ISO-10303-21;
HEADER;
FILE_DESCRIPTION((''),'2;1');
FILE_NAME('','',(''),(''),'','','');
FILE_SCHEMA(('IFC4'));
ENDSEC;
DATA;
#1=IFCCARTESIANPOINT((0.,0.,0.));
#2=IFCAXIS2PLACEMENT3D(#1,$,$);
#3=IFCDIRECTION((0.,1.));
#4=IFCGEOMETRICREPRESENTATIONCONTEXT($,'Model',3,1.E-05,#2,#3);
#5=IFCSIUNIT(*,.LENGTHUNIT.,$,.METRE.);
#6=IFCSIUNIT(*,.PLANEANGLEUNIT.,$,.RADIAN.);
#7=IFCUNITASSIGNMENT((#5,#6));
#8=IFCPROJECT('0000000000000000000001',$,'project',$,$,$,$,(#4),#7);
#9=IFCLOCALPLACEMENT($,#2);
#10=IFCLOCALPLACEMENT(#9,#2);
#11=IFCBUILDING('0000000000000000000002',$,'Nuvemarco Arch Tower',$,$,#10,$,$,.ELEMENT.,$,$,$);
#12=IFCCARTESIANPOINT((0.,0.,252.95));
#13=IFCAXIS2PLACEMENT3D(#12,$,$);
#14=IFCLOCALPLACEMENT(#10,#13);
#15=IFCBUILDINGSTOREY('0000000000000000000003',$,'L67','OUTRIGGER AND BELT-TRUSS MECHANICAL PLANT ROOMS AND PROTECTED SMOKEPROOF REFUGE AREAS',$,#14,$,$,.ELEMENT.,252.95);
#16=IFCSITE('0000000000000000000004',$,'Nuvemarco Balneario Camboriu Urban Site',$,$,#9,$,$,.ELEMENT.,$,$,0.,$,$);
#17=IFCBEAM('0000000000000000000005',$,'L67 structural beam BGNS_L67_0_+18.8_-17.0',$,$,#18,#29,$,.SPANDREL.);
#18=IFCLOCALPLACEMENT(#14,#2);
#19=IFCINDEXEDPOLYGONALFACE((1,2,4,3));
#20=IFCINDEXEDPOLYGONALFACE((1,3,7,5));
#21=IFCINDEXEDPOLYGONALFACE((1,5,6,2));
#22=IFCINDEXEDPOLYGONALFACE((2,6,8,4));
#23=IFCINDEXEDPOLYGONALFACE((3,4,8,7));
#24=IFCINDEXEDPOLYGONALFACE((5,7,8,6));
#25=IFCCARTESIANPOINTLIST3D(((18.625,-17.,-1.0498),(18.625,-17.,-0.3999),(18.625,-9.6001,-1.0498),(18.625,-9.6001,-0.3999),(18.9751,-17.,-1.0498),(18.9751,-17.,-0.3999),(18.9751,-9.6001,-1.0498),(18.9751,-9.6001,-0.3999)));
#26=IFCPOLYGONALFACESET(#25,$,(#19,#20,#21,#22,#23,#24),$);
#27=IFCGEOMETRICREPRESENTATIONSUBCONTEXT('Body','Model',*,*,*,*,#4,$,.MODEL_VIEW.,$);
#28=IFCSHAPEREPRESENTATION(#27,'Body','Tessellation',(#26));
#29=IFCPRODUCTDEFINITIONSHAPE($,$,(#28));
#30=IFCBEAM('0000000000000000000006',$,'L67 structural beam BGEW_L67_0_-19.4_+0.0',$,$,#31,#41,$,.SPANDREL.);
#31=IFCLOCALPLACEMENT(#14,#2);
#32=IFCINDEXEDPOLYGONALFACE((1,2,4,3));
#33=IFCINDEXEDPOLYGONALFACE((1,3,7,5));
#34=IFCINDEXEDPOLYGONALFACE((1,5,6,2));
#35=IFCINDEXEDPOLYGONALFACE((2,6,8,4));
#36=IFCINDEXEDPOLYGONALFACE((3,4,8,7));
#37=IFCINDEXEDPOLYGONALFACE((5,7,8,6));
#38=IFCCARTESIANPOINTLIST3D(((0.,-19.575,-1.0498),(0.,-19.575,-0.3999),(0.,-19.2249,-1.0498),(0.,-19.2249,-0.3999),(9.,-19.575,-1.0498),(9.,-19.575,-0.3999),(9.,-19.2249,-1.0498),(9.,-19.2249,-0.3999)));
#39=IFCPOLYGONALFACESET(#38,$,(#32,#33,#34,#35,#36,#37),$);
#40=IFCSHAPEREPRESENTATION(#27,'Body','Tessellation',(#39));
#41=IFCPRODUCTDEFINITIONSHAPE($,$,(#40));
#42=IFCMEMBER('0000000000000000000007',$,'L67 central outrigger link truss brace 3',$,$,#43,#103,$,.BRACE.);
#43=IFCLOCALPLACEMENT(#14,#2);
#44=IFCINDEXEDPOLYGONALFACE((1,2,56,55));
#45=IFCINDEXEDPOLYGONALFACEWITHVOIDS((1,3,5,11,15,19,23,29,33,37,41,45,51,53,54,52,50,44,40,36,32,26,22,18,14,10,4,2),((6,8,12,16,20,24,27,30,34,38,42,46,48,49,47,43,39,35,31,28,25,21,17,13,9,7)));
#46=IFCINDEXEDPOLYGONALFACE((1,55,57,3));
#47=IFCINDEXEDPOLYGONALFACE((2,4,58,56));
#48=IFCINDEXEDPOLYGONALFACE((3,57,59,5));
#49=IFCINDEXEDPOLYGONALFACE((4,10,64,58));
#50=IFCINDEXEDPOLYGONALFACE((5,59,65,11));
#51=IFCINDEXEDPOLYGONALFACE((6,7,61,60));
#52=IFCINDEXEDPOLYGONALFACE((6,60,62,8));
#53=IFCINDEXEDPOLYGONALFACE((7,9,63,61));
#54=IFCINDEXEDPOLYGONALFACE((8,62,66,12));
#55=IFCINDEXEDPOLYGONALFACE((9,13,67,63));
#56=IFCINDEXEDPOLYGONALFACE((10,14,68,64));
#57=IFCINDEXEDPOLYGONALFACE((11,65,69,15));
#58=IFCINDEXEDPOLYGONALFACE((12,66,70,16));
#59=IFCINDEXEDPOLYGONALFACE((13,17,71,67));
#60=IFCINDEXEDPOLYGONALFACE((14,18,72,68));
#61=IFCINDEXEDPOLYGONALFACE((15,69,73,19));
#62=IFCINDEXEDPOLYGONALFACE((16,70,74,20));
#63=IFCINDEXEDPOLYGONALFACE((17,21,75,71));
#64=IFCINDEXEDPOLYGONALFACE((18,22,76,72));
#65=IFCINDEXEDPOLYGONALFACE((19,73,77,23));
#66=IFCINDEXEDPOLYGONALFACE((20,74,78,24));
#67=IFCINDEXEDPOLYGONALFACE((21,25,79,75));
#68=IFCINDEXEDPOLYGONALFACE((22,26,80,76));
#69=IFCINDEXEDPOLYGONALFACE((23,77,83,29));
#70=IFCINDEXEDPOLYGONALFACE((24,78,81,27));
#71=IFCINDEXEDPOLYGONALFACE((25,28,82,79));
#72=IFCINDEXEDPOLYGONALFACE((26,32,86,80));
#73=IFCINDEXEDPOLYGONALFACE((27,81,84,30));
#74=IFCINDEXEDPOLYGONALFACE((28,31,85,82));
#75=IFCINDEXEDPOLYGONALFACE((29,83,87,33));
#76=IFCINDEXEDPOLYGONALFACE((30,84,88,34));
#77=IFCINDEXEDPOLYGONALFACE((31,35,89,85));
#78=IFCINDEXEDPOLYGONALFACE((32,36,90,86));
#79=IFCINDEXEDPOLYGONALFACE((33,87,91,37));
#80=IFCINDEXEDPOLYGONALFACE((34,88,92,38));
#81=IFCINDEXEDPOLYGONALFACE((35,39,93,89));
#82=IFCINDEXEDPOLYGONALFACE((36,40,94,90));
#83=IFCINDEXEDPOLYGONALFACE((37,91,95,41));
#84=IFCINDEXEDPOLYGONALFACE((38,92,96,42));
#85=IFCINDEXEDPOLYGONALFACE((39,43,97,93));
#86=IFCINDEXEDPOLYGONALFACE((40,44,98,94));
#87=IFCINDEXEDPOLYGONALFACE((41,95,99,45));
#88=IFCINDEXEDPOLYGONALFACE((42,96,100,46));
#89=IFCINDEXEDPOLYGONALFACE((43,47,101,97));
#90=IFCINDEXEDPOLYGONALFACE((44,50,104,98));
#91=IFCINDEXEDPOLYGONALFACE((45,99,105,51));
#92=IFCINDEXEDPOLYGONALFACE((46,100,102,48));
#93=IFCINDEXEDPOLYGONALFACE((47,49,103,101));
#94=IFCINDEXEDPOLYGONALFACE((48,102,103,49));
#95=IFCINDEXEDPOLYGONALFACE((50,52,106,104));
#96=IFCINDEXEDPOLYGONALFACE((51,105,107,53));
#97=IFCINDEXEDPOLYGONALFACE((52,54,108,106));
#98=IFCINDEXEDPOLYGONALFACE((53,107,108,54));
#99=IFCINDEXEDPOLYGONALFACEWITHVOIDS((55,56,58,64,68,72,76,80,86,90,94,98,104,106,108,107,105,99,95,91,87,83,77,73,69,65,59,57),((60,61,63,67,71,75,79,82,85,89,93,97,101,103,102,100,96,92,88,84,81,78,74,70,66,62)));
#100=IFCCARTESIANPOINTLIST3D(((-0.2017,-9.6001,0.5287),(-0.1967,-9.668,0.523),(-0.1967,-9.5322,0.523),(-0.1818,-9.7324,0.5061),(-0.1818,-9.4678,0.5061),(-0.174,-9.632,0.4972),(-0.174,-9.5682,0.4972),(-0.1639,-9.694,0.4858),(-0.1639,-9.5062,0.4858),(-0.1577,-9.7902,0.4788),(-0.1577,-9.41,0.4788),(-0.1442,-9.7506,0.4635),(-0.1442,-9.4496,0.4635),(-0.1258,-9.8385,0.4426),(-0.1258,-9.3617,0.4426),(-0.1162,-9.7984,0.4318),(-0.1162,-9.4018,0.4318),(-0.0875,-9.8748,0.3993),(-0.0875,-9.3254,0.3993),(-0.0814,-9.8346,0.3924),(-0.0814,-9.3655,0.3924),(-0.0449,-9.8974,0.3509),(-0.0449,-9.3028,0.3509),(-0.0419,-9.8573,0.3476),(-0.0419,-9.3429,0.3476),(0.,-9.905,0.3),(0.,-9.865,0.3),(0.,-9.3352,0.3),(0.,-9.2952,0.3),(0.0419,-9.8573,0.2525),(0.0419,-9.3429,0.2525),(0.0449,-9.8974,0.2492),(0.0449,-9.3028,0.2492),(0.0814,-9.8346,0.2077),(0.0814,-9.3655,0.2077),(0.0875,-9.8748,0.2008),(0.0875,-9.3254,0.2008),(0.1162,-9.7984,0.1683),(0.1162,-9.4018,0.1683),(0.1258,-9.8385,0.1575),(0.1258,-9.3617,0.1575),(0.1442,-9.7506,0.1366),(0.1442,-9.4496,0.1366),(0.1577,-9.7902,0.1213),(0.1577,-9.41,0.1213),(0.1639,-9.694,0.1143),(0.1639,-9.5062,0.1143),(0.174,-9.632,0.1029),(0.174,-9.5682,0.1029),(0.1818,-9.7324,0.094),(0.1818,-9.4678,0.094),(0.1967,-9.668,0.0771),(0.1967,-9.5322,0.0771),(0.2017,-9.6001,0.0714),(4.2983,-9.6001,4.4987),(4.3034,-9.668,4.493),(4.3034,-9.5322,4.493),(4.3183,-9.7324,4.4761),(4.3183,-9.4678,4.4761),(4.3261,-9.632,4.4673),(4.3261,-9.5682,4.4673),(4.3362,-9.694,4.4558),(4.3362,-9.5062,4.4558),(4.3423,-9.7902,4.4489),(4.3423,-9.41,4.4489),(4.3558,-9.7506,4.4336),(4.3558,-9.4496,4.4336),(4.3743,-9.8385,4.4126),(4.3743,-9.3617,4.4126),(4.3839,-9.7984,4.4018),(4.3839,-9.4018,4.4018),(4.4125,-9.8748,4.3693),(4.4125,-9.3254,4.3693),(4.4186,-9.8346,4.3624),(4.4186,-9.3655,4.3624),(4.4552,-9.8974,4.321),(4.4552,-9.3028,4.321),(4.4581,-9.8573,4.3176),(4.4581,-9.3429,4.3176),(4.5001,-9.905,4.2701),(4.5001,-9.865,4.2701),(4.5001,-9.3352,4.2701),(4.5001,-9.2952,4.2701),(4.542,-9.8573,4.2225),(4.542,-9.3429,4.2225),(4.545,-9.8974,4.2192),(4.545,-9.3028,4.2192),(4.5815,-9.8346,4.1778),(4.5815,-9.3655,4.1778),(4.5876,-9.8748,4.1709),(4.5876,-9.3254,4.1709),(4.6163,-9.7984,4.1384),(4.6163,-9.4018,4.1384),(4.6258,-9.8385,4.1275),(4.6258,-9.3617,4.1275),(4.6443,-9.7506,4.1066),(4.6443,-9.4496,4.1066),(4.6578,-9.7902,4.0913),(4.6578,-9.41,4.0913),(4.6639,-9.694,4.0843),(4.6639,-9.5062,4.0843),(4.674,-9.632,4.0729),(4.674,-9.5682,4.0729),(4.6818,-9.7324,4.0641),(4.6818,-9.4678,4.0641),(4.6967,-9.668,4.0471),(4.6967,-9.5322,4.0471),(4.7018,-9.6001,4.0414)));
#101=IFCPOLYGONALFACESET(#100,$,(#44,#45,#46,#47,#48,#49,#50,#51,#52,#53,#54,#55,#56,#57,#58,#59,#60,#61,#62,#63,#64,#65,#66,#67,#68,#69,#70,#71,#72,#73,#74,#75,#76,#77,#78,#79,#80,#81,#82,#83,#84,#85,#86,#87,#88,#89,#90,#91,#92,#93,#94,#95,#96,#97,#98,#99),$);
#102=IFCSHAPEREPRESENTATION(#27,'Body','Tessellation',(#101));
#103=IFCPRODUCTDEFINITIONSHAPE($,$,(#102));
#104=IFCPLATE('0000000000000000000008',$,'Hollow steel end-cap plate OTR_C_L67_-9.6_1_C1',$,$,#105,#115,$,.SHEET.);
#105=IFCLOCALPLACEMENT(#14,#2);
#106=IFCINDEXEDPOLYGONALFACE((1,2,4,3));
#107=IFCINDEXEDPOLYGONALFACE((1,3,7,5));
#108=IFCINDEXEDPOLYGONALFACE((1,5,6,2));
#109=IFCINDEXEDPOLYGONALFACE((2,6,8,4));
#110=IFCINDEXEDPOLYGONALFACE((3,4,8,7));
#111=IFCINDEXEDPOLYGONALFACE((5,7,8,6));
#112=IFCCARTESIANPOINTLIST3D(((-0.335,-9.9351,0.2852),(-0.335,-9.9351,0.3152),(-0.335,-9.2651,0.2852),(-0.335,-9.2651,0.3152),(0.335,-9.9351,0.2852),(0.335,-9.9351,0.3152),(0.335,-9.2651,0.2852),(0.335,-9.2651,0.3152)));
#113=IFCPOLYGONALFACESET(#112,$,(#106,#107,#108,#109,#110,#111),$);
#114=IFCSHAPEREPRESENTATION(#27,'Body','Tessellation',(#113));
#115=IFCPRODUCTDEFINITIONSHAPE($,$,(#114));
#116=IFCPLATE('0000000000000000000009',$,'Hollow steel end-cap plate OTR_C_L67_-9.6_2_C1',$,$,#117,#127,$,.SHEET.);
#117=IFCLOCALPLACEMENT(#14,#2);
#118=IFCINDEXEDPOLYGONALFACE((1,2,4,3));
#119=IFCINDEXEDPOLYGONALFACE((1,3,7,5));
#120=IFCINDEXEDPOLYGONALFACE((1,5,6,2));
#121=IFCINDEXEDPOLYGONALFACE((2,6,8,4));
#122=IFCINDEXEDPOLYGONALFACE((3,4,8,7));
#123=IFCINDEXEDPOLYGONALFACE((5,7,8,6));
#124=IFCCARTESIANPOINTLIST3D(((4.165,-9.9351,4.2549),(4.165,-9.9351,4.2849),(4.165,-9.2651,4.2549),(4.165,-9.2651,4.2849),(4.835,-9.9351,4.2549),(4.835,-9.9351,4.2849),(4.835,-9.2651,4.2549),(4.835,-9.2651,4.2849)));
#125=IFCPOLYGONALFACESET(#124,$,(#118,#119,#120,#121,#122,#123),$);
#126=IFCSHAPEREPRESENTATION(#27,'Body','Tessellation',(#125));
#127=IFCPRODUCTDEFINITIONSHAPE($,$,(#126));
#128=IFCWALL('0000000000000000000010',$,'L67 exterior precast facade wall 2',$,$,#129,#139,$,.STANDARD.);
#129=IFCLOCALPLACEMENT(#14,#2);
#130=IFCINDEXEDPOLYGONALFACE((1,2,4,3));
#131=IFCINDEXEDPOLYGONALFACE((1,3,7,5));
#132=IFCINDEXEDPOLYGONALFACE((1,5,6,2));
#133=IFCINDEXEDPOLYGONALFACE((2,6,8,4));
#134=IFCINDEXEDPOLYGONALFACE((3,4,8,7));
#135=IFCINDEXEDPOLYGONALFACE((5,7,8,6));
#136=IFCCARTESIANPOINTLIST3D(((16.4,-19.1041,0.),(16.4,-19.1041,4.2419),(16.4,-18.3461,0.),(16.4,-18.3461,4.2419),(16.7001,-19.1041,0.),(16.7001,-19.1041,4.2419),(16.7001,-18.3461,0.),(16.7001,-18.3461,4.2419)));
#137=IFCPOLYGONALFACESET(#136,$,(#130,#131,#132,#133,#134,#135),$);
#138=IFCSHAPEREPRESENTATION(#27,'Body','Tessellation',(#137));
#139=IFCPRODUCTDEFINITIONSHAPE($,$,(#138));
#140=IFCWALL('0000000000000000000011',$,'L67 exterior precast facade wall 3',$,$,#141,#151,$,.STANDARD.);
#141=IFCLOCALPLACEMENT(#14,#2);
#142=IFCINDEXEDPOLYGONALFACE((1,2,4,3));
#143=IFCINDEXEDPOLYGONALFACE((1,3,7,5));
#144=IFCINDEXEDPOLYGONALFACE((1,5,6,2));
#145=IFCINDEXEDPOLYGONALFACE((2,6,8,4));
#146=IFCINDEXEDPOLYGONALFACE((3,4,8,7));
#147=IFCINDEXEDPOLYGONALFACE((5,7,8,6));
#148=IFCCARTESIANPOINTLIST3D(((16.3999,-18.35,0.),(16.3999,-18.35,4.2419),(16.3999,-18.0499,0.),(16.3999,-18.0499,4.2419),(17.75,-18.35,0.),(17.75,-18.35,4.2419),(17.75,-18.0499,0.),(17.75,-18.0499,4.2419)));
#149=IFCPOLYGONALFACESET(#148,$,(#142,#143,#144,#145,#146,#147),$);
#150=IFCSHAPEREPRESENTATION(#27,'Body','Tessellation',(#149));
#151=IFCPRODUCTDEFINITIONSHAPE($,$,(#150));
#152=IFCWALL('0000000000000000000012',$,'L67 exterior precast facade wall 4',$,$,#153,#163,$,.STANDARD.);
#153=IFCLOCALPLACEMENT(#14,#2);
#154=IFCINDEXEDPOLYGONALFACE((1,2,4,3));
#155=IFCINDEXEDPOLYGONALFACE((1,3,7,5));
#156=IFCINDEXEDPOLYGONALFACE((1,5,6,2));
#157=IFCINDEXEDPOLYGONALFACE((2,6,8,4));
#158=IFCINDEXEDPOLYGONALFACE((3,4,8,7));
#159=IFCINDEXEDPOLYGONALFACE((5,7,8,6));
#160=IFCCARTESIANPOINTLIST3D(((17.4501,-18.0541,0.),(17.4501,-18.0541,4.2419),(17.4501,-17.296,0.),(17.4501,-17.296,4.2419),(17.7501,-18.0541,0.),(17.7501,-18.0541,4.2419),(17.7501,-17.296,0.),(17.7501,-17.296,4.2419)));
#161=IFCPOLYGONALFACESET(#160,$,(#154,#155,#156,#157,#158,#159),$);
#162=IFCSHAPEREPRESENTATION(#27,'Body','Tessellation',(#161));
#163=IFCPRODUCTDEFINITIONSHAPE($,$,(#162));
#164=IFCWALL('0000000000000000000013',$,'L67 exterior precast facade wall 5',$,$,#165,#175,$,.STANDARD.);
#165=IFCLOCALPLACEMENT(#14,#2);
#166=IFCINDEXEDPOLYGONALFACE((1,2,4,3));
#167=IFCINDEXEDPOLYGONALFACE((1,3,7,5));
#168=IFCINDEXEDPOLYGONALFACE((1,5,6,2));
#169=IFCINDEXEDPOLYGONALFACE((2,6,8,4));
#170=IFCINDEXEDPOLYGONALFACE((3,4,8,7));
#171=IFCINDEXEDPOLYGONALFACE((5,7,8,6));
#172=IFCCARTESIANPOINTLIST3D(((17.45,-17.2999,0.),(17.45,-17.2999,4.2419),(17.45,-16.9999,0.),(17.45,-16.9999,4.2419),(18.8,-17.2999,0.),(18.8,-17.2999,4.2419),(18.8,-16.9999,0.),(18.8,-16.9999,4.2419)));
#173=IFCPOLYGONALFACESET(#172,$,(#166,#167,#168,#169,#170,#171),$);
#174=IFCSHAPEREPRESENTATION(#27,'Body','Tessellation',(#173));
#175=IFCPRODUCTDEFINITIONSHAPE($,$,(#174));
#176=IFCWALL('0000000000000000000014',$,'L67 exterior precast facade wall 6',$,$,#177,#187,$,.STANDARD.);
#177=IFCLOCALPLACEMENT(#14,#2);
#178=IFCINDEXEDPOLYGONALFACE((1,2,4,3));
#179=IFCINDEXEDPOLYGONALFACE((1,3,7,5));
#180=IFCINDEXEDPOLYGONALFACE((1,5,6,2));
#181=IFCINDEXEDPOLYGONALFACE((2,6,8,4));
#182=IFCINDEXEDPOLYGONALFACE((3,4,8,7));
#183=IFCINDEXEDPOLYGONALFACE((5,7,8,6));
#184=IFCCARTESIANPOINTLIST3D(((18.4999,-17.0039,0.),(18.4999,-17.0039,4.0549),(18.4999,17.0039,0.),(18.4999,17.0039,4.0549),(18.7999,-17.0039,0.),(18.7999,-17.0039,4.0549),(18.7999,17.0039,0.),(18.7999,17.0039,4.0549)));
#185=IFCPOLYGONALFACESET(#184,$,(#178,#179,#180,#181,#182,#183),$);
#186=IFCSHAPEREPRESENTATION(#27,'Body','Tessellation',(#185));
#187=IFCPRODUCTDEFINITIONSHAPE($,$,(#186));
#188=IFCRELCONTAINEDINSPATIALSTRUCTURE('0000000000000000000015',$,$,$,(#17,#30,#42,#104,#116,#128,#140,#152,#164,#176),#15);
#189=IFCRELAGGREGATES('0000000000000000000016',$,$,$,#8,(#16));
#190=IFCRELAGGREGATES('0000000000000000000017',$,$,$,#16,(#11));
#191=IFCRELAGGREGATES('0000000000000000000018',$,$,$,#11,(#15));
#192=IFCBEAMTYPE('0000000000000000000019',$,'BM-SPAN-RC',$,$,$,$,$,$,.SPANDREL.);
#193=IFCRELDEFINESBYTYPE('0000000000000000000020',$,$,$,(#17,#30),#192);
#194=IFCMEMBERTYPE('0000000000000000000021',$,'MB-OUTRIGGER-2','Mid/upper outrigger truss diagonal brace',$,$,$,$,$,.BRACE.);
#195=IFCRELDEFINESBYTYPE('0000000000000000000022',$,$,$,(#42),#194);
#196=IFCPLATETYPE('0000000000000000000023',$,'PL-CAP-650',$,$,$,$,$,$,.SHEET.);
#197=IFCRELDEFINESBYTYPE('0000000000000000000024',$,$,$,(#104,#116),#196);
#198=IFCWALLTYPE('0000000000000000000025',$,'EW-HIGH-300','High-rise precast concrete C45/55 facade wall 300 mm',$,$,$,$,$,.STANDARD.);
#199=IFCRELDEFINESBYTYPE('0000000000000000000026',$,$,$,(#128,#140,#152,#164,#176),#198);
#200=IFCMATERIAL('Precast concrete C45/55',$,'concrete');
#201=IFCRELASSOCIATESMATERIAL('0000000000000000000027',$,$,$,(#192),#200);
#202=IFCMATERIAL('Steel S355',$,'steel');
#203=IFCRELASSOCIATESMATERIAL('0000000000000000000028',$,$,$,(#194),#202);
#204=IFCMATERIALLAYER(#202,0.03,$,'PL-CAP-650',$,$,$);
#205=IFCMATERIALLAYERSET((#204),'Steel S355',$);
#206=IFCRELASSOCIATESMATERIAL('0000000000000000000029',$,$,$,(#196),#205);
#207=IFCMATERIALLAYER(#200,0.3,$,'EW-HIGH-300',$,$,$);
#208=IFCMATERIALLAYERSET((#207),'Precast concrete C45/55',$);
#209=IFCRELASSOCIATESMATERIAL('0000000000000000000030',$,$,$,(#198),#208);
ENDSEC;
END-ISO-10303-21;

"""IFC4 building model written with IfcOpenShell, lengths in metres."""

from ifc_helpers import new_model, si_unit, direction, frame, frame_2d, origin, origin_2d, place, context, subcontext, project, spatial, rectangle, hollow_circle, extrude, source, transform, mapped, material, layer, layer_set, material_profile, profile_set, type_object, type_shapes, element, save


model = new_model("IFC4")

# Units and contexts
model_context = context("Model", 3, precision=1e-05, world=origin(), true_north=direction((0.0, 1.0)))
body_context = subcontext(model_context, "Body", "Model", "MODEL_VIEW")
ifc_project = project(units=[si_unit("LENGTHUNIT", "METRE"), si_unit("PLANEANGLEUNIT", "RADIAN")], contexts=[model_context])

# Site, building, storey
site_placement = place(None, origin())
site = spatial("IfcSite", under=ifc_project, at=site_placement, Name="Nuvemarco Balneario Camboriu Urban Site", CompositionType="ELEMENT", RefElevation=0.0)
building_placement = place(site_placement, origin())
building = spatial("IfcBuilding", under=site, at=building_placement, Name="Nuvemarco Arch Tower", CompositionType="ELEMENT")
storey_placement = place(building_placement, frame((0.0, 0.0, 252.95)))
storey = spatial("IfcBuildingStorey", under=building, at=storey_placement, Name="L67", Description="OUTRIGGER AND BELT-TRUSS MECHANICAL PLANT ROOMS AND PROTECTED SMOKEPROOF REFUGE AREAS", CompositionType="ELEMENT", Elevation=252.95)

# Shared definitions
ifc_material_1 = material(Name="Steel S355", Category="steel")

# Beams
ifc_material_2 = material(Name="Precast concrete C45/55", Category="concrete")
ifc_material_profile_1 = material_profile(ifc_material_2, rectangle(XDim=0.3501, YDim=0.6499, at=origin_2d()), Name="PC-SP-350x650")
ifc_profile_set_1 = profile_set([ifc_material_profile_1], Name="Precast concrete C45/55")
beam_type_1 = type_object("IfcBeamType", Name="BM-SPAN-RC", PredefinedType="SPANDREL", material=ifc_profile_set_1)
beam_1_placement = place(storey_placement, frame((18.8, -17.0, -0.7249), z_axis=(0.0, 1.0, 0.0), x_axis=(-1.0, 0.0, 0.0)))
element("IfcBeam", 1, at=beam_1_placement, inside=storey, type_object=beam_type_1, Name="L67 structural beam BGNS_L67_0_+18.8_-17.0", PredefinedType="SPANDREL", context=body_context, shape_type="SweptSolid", body=[
    extrude(rectangle(XDim=0.3501, YDim=0.6499, at=origin_2d()), origin(), (0.0, 0.0, 1.0), 7.3999),
])
beam_2_placement = place(storey_placement, frame((0.0, -19.3999, -0.7249), z_axis=(1.0, 0.0, 0.0), x_axis=(0.0, 1.0, 0.0)))
element("IfcBeam", 2, at=beam_2_placement, inside=storey, type_object=beam_type_1, Name="L67 structural beam BGEW_L67_0_-19.4_+0.0", PredefinedType="SPANDREL", context=body_context, shape_type="SweptSolid", body=[
    extrude(rectangle(XDim=0.3501, YDim=0.6499, at=origin_2d()), origin(), (0.0, 0.0, 1.0), 9.0),
])

# Member
ifc_material_profile_2 = material_profile(ifc_material_1, hollow_circle(Radius=0.3049, WallThickness=0.04, at=origin_2d()), Name="CHS610x40")
ifc_profile_set_2 = profile_set([ifc_material_profile_2], Name="Steel S355")
member_type = type_object("IfcMemberType", Name="MB-OUTRIGGER-2", Description="Mid/upper outrigger truss diagonal brace", PredefinedType="BRACE", material=ifc_profile_set_2)
member_placement = place(storey_placement, frame((0.0, -9.6001, 0.3), z_axis=(0.749889, 0.0, 0.661564), x_axis=(0.0, 1.0, 0.0)))
element("IfcMember", 3, at=member_placement, inside=storey, type_object=member_type, Name="L67 central outrigger link truss brace 3", PredefinedType="BRACE", context=body_context, shape_type="SweptSolid", body=[
    extrude(hollow_circle(Radius=0.3049, WallThickness=0.04, at=origin_2d()), origin(), (0.0, 0.0, 1.0), 6.001),
])

# Plates
ifc_layer_1 = layer(ifc_material_1, 0.03, Name="PL-CAP-650")
ifc_layer_set_1 = layer_set([ifc_layer_1], Name="Steel S355")
plate_type = type_object("IfcPlateType", Name="PL-CAP-650", PredefinedType="SHEET", material=ifc_layer_set_1)
shared_shape_1 = source(origin(), body_context, "Body", "SweptSolid", [
    extrude(rectangle(XDim=0.6699, YDim=0.6699, at=origin_2d()), origin(), (0.0, 0.0, 1.0), 0.03),
])
type_shapes(plate_type, [shared_shape_1])
for number, where, z_axis, x_axis, name in (
    (4, (0.0, -9.6001, 0.2852), (0.0, 0.0, 1.0), (1.0, 0.0, 0.0), "Hollow steel end-cap plate OTR_C_L67_-9.6_1_C1"),
    (5, (4.5, -9.6001, 4.2549), (0.0, 0.0, 1.0), (1.0, 0.0, 0.0), "Hollow steel end-cap plate OTR_C_L67_-9.6_2_C1"),
):
    element("IfcPlate", number, at=place(storey_placement, frame(where, z_axis=z_axis, x_axis=x_axis)), inside=storey, type_object=plate_type, Name=name, PredefinedType="SHEET", context=body_context, shape_type="MappedRepresentation", body=[
        mapped(shared_shape_1, transform((0.0, 0.0, 0.0), scale=1.0)),
    ])

# Walls
ifc_layer_2 = layer(ifc_material_2, 0.3, Name="EW-HIGH-300")
ifc_layer_set_2 = layer_set([ifc_layer_2], Name="Precast concrete C45/55")
wall_type_1 = type_object("IfcWallType", Name="EW-HIGH-300", Description="High-rise precast concrete C45/55 facade wall 300 mm", PredefinedType="STANDARD", material=ifc_layer_set_2)
wall_1_placement = place(storey_placement, frame((16.55, -19.104, 0.0), z_axis=(0.0, 0.0, 1.0), x_axis=(0.0, 1.0, 0.0)))
element("IfcWall", 6, at=wall_1_placement, inside=storey, type_object=wall_type_1, Name="L67 exterior precast facade wall 2", PredefinedType="STANDARD", context=body_context, shape_type="SweptSolid", body=[
    extrude(rectangle(XDim=0.7581, YDim=0.3, at=frame_2d((0.3789, 0.0))), origin(), (0.0, 0.0, 1.0), 4.2419),
])
wall_2_placement = place(storey_placement, frame((16.3999, -18.2, 0.0), z_axis=(0.0, 0.0, 1.0), x_axis=(1.0, 0.0, 0.0)))
element("IfcWall", 7, at=wall_2_placement, inside=storey, type_object=wall_type_1, Name="L67 exterior precast facade wall 3", PredefinedType="STANDARD", context=body_context, shape_type="SweptSolid", body=[
    extrude(rectangle(XDim=1.3501, YDim=0.3, at=frame_2d((0.675, 0.0))), origin(), (0.0, 0.0, 1.0), 4.2419),
])
wall_3_placement = place(storey_placement, frame((17.6001, -18.054, 0.0), z_axis=(0.0, 0.0, 1.0), x_axis=(0.0, 1.0, 0.0)))
element("IfcWall", 8, at=wall_3_placement, inside=storey, type_object=wall_type_1, Name="L67 exterior precast facade wall 4", PredefinedType="STANDARD", context=body_context, shape_type="SweptSolid", body=[
    extrude(rectangle(XDim=0.7581, YDim=0.3, at=frame_2d((0.3789, 0.0))), origin(), (0.0, 0.0, 1.0), 4.2419),
])
wall_4_placement = place(storey_placement, frame((17.45, -17.1499, 0.0), z_axis=(0.0, 0.0, 1.0), x_axis=(1.0, 0.0, 0.0)))
element("IfcWall", 9, at=wall_4_placement, inside=storey, type_object=wall_type_1, Name="L67 exterior precast facade wall 5", PredefinedType="STANDARD", context=body_context, shape_type="SweptSolid", body=[
    extrude(rectangle(XDim=1.3501, YDim=0.3, at=frame_2d((0.675, 0.0))), origin(), (0.0, 0.0, 1.0), 4.2419),
])
wall_5_placement = place(storey_placement, frame((18.6499, -17.0039, 0.0), z_axis=(0.0, 0.0, 1.0), x_axis=(0.0, 1.0, 0.0)))
element("IfcWall", 10, at=wall_5_placement, inside=storey, type_object=wall_type_1, Name="L67 exterior precast facade wall 6", PredefinedType="STANDARD", context=body_context, shape_type="SweptSolid", body=[
    extrude(rectangle(XDim=34.0078, YDim=0.3, at=frame_2d((17.0039, 0.0))), origin(), (0.0, 0.0, 1.0), 4.0549),
])

save(model, "model.ifc")
